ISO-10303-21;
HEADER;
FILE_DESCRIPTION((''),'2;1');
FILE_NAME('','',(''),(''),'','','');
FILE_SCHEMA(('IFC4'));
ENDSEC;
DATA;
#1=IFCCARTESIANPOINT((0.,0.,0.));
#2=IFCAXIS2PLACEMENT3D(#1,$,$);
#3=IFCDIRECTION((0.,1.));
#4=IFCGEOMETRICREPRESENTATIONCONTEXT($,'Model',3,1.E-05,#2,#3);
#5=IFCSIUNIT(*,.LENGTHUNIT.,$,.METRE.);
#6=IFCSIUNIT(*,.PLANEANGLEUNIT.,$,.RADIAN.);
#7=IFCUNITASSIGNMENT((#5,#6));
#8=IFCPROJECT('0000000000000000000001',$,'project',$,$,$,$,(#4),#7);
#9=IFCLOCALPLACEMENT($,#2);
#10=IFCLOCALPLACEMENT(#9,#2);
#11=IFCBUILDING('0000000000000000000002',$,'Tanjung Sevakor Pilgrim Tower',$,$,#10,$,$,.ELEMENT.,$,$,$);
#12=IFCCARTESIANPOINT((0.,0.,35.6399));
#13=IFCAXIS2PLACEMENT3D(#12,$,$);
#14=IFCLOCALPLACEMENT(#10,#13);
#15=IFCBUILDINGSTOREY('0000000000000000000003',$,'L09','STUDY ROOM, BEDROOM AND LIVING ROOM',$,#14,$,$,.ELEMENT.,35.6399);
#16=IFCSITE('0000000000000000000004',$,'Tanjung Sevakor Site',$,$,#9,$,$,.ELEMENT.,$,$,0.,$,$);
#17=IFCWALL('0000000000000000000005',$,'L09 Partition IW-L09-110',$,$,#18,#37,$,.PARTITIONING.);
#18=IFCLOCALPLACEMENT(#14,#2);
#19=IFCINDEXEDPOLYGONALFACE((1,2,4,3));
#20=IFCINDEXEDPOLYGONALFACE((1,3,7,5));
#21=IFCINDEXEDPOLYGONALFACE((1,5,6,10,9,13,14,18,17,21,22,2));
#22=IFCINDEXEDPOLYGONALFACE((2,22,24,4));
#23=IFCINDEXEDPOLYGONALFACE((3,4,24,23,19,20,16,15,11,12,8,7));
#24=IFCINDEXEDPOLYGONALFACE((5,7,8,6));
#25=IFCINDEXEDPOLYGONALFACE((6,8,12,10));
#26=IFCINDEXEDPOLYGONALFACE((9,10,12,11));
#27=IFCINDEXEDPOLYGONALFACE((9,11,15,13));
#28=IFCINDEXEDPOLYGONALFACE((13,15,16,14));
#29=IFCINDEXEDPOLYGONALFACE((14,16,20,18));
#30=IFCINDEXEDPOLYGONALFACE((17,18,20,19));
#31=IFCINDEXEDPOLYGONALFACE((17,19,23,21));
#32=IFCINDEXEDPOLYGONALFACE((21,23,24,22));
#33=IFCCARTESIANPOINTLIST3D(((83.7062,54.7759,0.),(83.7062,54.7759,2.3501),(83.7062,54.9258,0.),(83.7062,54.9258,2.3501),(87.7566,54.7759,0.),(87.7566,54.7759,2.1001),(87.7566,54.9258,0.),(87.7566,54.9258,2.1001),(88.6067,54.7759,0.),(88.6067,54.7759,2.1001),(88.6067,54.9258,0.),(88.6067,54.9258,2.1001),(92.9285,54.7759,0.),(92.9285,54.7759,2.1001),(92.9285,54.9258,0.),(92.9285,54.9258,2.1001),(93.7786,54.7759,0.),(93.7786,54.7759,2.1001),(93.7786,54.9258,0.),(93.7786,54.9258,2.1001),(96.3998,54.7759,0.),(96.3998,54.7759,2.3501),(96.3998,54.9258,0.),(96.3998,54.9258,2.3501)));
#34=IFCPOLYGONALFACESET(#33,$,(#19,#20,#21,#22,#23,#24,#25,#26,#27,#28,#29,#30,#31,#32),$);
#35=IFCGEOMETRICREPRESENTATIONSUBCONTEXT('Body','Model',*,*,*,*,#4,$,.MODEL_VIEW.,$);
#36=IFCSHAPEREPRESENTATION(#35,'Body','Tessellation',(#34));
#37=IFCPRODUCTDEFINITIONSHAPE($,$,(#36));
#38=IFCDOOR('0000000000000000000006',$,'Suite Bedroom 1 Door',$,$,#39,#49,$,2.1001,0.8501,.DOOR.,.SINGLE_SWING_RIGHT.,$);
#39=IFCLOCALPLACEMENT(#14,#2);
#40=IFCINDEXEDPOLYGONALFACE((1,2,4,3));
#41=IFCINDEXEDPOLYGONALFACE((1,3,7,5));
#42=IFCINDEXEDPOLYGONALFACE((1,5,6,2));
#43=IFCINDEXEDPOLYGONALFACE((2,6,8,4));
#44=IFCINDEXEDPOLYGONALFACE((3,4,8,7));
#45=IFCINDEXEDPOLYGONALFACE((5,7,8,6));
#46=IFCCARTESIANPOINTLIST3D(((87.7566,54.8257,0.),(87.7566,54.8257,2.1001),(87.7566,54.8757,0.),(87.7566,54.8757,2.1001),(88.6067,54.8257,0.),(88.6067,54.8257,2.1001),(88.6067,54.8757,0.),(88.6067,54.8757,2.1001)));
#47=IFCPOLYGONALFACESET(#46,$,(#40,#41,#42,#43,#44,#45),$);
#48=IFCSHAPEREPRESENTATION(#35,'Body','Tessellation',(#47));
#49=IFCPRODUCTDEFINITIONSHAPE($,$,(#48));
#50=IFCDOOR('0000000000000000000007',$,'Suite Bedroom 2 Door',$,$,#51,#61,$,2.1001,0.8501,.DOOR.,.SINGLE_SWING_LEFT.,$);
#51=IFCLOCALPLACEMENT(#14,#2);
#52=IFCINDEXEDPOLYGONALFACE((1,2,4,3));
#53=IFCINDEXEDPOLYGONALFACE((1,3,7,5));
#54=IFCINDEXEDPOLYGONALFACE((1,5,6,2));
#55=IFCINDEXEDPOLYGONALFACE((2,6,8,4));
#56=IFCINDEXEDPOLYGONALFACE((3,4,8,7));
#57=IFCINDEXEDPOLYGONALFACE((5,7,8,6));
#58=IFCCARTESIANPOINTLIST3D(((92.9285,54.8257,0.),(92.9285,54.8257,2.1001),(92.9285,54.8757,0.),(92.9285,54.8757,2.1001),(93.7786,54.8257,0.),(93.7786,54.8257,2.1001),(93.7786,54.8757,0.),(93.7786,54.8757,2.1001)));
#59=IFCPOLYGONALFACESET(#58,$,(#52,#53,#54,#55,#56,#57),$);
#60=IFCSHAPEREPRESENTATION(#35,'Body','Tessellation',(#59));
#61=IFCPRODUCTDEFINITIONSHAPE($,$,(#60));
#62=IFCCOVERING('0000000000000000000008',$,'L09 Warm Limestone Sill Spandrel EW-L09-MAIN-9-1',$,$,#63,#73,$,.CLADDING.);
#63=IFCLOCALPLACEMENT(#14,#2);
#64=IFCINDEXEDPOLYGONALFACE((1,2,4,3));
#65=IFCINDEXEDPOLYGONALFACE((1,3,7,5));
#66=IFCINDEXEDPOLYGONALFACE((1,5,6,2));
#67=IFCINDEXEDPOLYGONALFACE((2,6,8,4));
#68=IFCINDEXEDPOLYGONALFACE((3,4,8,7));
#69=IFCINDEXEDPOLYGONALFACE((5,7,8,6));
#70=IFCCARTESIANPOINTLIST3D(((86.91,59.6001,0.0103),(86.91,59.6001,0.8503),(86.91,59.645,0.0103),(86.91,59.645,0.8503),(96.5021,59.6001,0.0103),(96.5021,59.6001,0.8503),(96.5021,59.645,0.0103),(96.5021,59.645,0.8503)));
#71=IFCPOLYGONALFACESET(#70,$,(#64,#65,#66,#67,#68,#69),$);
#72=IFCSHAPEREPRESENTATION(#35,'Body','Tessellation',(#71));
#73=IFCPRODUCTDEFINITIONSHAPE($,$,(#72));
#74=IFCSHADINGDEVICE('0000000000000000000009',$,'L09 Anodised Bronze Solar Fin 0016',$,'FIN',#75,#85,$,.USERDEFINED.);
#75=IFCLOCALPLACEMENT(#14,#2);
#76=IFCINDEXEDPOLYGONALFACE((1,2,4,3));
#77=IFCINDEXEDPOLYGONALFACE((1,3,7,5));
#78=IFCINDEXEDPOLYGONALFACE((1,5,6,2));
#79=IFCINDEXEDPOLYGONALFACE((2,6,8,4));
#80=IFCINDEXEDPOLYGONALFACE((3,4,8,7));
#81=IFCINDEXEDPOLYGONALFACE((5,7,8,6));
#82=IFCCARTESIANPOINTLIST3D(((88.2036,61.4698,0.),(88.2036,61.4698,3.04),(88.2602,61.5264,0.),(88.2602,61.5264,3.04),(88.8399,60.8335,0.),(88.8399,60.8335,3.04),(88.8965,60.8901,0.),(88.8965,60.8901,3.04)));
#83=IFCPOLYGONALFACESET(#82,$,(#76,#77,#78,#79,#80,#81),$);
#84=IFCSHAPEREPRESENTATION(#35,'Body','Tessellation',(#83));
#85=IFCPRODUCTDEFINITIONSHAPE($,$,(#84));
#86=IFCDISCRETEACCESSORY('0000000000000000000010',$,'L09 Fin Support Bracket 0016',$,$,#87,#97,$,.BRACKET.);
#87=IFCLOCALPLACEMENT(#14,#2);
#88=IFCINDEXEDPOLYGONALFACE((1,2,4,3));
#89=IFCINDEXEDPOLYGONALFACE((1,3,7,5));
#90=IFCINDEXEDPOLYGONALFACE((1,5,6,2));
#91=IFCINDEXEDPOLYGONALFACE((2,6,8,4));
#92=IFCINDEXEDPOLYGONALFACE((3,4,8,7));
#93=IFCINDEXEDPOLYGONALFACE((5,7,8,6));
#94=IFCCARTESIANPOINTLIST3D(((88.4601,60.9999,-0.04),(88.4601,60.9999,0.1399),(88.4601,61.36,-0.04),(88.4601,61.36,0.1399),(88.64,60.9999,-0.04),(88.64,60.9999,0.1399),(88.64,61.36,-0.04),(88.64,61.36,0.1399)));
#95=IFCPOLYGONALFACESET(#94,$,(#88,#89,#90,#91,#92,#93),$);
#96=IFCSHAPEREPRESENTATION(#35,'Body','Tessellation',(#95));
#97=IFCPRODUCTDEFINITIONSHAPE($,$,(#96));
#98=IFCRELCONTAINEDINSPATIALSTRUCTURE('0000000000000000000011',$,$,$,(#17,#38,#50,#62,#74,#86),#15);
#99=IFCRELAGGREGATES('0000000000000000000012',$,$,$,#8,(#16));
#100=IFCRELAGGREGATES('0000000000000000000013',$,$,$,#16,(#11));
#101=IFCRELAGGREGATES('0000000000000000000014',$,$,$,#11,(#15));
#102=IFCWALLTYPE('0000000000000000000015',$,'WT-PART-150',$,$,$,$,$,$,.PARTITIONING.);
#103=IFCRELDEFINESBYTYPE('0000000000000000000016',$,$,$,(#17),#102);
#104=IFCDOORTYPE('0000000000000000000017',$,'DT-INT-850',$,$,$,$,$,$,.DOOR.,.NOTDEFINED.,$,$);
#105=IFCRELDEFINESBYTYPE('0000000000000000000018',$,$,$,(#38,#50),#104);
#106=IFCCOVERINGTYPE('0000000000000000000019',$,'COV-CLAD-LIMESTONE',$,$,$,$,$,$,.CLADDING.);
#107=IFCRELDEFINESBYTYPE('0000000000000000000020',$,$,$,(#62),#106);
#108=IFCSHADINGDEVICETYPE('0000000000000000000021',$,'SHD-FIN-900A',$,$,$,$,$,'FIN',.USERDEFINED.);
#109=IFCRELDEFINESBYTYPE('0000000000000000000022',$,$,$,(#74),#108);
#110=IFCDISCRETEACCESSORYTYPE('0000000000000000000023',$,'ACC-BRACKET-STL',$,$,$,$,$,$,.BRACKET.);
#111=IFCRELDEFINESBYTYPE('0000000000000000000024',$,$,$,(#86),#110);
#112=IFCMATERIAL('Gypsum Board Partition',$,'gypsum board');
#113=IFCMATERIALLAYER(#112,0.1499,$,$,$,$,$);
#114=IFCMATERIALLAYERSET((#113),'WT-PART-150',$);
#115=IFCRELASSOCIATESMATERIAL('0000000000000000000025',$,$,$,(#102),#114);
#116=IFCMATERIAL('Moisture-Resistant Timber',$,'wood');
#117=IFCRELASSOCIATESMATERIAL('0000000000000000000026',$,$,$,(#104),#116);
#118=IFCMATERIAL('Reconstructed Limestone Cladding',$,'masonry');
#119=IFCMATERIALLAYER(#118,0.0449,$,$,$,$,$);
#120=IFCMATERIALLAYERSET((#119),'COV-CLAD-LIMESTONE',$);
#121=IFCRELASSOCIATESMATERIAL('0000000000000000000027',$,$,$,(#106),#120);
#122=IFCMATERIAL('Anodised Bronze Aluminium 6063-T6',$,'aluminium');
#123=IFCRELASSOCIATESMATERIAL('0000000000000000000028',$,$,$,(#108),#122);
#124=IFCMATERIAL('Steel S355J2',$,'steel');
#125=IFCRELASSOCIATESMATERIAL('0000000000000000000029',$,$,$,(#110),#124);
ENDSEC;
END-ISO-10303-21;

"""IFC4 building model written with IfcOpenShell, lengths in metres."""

from ifc_helpers import new_model, si_unit, direction, frame, frame_2d, origin, origin_2d, place, context, subcontext, project, spatial, rectangle, extrude, material, layer, layer_set, type_object, element, fill, save


model = new_model("IFC4")

# Units and contexts
model_context = context("Model", 3, precision=1e-05, world=origin(), true_north=direction((0.0, 1.0)))
body_context = subcontext(model_context, "Body", "Model", "MODEL_VIEW")
ifc_project = project(units=[si_unit("LENGTHUNIT", "METRE"), si_unit("PLANEANGLEUNIT", "RADIAN")], contexts=[model_context])

# Site, building, storey
site_placement = place(None, origin())
site = spatial("IfcSite", under=ifc_project, at=site_placement, Name="Tanjung Sevakor Site", CompositionType="ELEMENT", RefElevation=0.0)
building_placement = place(site_placement, origin())
building = spatial("IfcBuilding", under=site, at=building_placement, Name="Tanjung Sevakor Pilgrim Tower", CompositionType="ELEMENT")
storey_placement = place(building_placement, frame((0.0, 0.0, 35.6399)))
storey = spatial("IfcBuildingStorey", under=building, at=storey_placement, Name="L09", Description="STUDY ROOM, BEDROOM AND LIVING ROOM", CompositionType="ELEMENT", Elevation=35.6399)

# Shared definitions
ifc_material_1 = material(Name="Gypsum Board Partition", Category="gypsum board")
ifc_layer_1 = layer(ifc_material_1, 0.1499)
ifc_layer_set_1 = layer_set([ifc_layer_1], Name="WT-PART-150")
wall_type_1 = type_object("IfcWallType", Name="WT-PART-150", PredefinedType="PARTITIONING", material=ifc_layer_set_1)

# Wall, openings, doors
wall_1_placement = place(storey_placement, frame((83.7063, 54.8508, 0.0), z_axis=(0.0, 0.0, 1.0), x_axis=(1.0, 0.0, 0.0)))
wall_1 = element("IfcWall", 1, at=wall_1_placement, inside=storey, type_object=wall_type_1, Name="L09 Partition IW-L09-110", PredefinedType="PARTITIONING", context=body_context, shape_type="SweptSolid", body=[
    extrude(rectangle(XDim=12.6936, YDim=0.1499, at=frame_2d((6.3467, 0.0))), origin(), (0.0, 0.0, 1.0), 2.3501),
])
opening_1_placement = place(wall_1_placement, frame((4.0503, 0.0, 0.0)))
opening_1 = element("IfcOpeningElement", 2, at=opening_1_placement, cuts=wall_1, PredefinedType="OPENING", context=body_context, shape_type="SweptSolid", body=[
    extrude(rectangle(XDim=0.8501, YDim=2.1001, at=frame_2d((0.425, 1.05))), frame((0.0, 0.085, 0.0), z_axis=(0.0, -1.0, 0.0), x_axis=(1.0, 0.0, 0.0)), (0.0, 0.0, 1.0), 0.1699),
])
opening_2_placement = place(wall_1_placement, frame((9.2222, 0.0, 0.0)))
opening_2 = element("IfcOpeningElement", 3, at=opening_2_placement, cuts=wall_1, PredefinedType="OPENING", context=body_context, shape_type="SweptSolid", body=[
    extrude(rectangle(XDim=0.8501, YDim=2.1001, at=frame_2d((0.425, 1.05))), frame((0.0, 0.085, 0.0), z_axis=(0.0, -1.0, 0.0), x_axis=(1.0, 0.0, 0.0)), (0.0, 0.0, 1.0), 0.1699),
])
ifc_material_2 = material(Name="Moisture-Resistant Timber", Category="wood")
door_type_1 = type_object("IfcDoorType", Name="DT-INT-850", OperationType="NOTDEFINED", PredefinedType="DOOR", material=ifc_material_2)
door_1_placement = place(opening_1_placement, origin())
door_1 = element("IfcDoor", 4, at=door_1_placement, inside=storey, type_object=door_type_1, Name="Suite Bedroom 1 Door", OperationType="SINGLE_SWING_RIGHT", OverallHeight=2.1001, OverallWidth=0.8501, PredefinedType="DOOR", context=body_context, shape_type="SweptSolid", body=[
    extrude(rectangle(XDim=0.8501, YDim=2.1001, at=frame_2d((0.425, 1.05))), frame((0.0, 0.0249, 0.0), z_axis=(0.0, -1.0, 0.0), x_axis=(1.0, 0.0, 0.0)), (0.0, 0.0, 1.0), 0.05),
])
fill(opening_1, door_1)
door_2_placement = place(opening_2_placement, origin())
door_2 = element("IfcDoor", 5, at=door_2_placement, inside=storey, type_object=door_type_1, Name="Suite Bedroom 2 Door", OperationType="SINGLE_SWING_LEFT", OverallHeight=2.1001, OverallWidth=0.8501, PredefinedType="DOOR", context=body_context, shape_type="SweptSolid", body=[
    extrude(rectangle(XDim=0.8501, YDim=2.1001, at=frame_2d((0.425, 1.05))), frame((0.0, 0.0249, 0.0), z_axis=(0.0, -1.0, 0.0), x_axis=(1.0, 0.0, 0.0)), (0.0, 0.0, 1.0), 0.05),
])
fill(opening_2, door_2)

# Covering
ifc_material_3 = material(Name="Reconstructed Limestone Cladding", Category="masonry")
ifc_layer_2 = layer(ifc_material_3, 0.0449)
ifc_layer_set_2 = layer_set([ifc_layer_2], Name="COV-CLAD-LIMESTONE")
covering_type = type_object("IfcCoveringType", Name="COV-CLAD-LIMESTONE", PredefinedType="CLADDING", material=ifc_layer_set_2)
covering_placement = place(storey_placement, frame((91.7061, 59.6226, 0.0103), z_axis=(0.0, 0.0, 1.0), x_axis=(-1.0, 0.0, 0.0)))
element("IfcCovering", 6, at=covering_placement, inside=storey, type_object=covering_type, Name="L09 Warm Limestone Sill Spandrel EW-L09-MAIN-9-1", PredefinedType="CLADDING", context=body_context, shape_type="SweptSolid", body=[
    extrude(rectangle(XDim=9.592, YDim=0.0449, at=origin_2d()), origin(), (0.0, 0.0, 1.0), 0.8401),
])

# Shading device
ifc_material_4 = material(Name="Anodised Bronze Aluminium 6063-T6", Category="aluminium")
shading_device_type = type_object("IfcShadingDeviceType", Name="SHD-FIN-900A", ElementType="FIN", PredefinedType="USERDEFINED", material=ifc_material_4)
shading_device_placement = place(storey_placement, frame((88.55, 61.1799, 0.0), z_axis=(0.0, 0.0, 1.0), x_axis=(0.707107, 0.707107, 0.0)))
element("IfcShadingDevice", 7, at=shading_device_placement, inside=storey, type_object=shading_device_type, Name="L09 Anodised Bronze Solar Fin 0016", ObjectType="FIN", PredefinedType="USERDEFINED", context=body_context, shape_type="SweptSolid", body=[
    extrude(rectangle(XDim=0.0801, YDim=0.8999, at=origin_2d()), origin(), (0.0, 0.0, 1.0), 3.04),
])

# Discrete accessory
ifc_material_5 = material(Name="Steel S355J2", Category="steel")
discrete_accessory_type = type_object("IfcDiscreteAccessoryType", Name="ACC-BRACKET-STL", PredefinedType="BRACKET", material=ifc_material_5)
discrete_accessory_placement = place(storey_placement, frame((88.55, 61.1799, -0.04), z_axis=(0.0, 0.0, 1.0), x_axis=(1.0, 0.0, 0.0)))
element("IfcDiscreteAccessory", 8, at=discrete_accessory_placement, inside=storey, type_object=discrete_accessory_type, Name="L09 Fin Support Bracket 0016", PredefinedType="BRACKET", context=body_context, shape_type="SweptSolid", body=[
    extrude(rectangle(XDim=0.1799, YDim=0.3601, at=origin_2d()), origin(), (0.0, 0.0, 1.0), 0.1799),
])

save(model, "model.ifc")
